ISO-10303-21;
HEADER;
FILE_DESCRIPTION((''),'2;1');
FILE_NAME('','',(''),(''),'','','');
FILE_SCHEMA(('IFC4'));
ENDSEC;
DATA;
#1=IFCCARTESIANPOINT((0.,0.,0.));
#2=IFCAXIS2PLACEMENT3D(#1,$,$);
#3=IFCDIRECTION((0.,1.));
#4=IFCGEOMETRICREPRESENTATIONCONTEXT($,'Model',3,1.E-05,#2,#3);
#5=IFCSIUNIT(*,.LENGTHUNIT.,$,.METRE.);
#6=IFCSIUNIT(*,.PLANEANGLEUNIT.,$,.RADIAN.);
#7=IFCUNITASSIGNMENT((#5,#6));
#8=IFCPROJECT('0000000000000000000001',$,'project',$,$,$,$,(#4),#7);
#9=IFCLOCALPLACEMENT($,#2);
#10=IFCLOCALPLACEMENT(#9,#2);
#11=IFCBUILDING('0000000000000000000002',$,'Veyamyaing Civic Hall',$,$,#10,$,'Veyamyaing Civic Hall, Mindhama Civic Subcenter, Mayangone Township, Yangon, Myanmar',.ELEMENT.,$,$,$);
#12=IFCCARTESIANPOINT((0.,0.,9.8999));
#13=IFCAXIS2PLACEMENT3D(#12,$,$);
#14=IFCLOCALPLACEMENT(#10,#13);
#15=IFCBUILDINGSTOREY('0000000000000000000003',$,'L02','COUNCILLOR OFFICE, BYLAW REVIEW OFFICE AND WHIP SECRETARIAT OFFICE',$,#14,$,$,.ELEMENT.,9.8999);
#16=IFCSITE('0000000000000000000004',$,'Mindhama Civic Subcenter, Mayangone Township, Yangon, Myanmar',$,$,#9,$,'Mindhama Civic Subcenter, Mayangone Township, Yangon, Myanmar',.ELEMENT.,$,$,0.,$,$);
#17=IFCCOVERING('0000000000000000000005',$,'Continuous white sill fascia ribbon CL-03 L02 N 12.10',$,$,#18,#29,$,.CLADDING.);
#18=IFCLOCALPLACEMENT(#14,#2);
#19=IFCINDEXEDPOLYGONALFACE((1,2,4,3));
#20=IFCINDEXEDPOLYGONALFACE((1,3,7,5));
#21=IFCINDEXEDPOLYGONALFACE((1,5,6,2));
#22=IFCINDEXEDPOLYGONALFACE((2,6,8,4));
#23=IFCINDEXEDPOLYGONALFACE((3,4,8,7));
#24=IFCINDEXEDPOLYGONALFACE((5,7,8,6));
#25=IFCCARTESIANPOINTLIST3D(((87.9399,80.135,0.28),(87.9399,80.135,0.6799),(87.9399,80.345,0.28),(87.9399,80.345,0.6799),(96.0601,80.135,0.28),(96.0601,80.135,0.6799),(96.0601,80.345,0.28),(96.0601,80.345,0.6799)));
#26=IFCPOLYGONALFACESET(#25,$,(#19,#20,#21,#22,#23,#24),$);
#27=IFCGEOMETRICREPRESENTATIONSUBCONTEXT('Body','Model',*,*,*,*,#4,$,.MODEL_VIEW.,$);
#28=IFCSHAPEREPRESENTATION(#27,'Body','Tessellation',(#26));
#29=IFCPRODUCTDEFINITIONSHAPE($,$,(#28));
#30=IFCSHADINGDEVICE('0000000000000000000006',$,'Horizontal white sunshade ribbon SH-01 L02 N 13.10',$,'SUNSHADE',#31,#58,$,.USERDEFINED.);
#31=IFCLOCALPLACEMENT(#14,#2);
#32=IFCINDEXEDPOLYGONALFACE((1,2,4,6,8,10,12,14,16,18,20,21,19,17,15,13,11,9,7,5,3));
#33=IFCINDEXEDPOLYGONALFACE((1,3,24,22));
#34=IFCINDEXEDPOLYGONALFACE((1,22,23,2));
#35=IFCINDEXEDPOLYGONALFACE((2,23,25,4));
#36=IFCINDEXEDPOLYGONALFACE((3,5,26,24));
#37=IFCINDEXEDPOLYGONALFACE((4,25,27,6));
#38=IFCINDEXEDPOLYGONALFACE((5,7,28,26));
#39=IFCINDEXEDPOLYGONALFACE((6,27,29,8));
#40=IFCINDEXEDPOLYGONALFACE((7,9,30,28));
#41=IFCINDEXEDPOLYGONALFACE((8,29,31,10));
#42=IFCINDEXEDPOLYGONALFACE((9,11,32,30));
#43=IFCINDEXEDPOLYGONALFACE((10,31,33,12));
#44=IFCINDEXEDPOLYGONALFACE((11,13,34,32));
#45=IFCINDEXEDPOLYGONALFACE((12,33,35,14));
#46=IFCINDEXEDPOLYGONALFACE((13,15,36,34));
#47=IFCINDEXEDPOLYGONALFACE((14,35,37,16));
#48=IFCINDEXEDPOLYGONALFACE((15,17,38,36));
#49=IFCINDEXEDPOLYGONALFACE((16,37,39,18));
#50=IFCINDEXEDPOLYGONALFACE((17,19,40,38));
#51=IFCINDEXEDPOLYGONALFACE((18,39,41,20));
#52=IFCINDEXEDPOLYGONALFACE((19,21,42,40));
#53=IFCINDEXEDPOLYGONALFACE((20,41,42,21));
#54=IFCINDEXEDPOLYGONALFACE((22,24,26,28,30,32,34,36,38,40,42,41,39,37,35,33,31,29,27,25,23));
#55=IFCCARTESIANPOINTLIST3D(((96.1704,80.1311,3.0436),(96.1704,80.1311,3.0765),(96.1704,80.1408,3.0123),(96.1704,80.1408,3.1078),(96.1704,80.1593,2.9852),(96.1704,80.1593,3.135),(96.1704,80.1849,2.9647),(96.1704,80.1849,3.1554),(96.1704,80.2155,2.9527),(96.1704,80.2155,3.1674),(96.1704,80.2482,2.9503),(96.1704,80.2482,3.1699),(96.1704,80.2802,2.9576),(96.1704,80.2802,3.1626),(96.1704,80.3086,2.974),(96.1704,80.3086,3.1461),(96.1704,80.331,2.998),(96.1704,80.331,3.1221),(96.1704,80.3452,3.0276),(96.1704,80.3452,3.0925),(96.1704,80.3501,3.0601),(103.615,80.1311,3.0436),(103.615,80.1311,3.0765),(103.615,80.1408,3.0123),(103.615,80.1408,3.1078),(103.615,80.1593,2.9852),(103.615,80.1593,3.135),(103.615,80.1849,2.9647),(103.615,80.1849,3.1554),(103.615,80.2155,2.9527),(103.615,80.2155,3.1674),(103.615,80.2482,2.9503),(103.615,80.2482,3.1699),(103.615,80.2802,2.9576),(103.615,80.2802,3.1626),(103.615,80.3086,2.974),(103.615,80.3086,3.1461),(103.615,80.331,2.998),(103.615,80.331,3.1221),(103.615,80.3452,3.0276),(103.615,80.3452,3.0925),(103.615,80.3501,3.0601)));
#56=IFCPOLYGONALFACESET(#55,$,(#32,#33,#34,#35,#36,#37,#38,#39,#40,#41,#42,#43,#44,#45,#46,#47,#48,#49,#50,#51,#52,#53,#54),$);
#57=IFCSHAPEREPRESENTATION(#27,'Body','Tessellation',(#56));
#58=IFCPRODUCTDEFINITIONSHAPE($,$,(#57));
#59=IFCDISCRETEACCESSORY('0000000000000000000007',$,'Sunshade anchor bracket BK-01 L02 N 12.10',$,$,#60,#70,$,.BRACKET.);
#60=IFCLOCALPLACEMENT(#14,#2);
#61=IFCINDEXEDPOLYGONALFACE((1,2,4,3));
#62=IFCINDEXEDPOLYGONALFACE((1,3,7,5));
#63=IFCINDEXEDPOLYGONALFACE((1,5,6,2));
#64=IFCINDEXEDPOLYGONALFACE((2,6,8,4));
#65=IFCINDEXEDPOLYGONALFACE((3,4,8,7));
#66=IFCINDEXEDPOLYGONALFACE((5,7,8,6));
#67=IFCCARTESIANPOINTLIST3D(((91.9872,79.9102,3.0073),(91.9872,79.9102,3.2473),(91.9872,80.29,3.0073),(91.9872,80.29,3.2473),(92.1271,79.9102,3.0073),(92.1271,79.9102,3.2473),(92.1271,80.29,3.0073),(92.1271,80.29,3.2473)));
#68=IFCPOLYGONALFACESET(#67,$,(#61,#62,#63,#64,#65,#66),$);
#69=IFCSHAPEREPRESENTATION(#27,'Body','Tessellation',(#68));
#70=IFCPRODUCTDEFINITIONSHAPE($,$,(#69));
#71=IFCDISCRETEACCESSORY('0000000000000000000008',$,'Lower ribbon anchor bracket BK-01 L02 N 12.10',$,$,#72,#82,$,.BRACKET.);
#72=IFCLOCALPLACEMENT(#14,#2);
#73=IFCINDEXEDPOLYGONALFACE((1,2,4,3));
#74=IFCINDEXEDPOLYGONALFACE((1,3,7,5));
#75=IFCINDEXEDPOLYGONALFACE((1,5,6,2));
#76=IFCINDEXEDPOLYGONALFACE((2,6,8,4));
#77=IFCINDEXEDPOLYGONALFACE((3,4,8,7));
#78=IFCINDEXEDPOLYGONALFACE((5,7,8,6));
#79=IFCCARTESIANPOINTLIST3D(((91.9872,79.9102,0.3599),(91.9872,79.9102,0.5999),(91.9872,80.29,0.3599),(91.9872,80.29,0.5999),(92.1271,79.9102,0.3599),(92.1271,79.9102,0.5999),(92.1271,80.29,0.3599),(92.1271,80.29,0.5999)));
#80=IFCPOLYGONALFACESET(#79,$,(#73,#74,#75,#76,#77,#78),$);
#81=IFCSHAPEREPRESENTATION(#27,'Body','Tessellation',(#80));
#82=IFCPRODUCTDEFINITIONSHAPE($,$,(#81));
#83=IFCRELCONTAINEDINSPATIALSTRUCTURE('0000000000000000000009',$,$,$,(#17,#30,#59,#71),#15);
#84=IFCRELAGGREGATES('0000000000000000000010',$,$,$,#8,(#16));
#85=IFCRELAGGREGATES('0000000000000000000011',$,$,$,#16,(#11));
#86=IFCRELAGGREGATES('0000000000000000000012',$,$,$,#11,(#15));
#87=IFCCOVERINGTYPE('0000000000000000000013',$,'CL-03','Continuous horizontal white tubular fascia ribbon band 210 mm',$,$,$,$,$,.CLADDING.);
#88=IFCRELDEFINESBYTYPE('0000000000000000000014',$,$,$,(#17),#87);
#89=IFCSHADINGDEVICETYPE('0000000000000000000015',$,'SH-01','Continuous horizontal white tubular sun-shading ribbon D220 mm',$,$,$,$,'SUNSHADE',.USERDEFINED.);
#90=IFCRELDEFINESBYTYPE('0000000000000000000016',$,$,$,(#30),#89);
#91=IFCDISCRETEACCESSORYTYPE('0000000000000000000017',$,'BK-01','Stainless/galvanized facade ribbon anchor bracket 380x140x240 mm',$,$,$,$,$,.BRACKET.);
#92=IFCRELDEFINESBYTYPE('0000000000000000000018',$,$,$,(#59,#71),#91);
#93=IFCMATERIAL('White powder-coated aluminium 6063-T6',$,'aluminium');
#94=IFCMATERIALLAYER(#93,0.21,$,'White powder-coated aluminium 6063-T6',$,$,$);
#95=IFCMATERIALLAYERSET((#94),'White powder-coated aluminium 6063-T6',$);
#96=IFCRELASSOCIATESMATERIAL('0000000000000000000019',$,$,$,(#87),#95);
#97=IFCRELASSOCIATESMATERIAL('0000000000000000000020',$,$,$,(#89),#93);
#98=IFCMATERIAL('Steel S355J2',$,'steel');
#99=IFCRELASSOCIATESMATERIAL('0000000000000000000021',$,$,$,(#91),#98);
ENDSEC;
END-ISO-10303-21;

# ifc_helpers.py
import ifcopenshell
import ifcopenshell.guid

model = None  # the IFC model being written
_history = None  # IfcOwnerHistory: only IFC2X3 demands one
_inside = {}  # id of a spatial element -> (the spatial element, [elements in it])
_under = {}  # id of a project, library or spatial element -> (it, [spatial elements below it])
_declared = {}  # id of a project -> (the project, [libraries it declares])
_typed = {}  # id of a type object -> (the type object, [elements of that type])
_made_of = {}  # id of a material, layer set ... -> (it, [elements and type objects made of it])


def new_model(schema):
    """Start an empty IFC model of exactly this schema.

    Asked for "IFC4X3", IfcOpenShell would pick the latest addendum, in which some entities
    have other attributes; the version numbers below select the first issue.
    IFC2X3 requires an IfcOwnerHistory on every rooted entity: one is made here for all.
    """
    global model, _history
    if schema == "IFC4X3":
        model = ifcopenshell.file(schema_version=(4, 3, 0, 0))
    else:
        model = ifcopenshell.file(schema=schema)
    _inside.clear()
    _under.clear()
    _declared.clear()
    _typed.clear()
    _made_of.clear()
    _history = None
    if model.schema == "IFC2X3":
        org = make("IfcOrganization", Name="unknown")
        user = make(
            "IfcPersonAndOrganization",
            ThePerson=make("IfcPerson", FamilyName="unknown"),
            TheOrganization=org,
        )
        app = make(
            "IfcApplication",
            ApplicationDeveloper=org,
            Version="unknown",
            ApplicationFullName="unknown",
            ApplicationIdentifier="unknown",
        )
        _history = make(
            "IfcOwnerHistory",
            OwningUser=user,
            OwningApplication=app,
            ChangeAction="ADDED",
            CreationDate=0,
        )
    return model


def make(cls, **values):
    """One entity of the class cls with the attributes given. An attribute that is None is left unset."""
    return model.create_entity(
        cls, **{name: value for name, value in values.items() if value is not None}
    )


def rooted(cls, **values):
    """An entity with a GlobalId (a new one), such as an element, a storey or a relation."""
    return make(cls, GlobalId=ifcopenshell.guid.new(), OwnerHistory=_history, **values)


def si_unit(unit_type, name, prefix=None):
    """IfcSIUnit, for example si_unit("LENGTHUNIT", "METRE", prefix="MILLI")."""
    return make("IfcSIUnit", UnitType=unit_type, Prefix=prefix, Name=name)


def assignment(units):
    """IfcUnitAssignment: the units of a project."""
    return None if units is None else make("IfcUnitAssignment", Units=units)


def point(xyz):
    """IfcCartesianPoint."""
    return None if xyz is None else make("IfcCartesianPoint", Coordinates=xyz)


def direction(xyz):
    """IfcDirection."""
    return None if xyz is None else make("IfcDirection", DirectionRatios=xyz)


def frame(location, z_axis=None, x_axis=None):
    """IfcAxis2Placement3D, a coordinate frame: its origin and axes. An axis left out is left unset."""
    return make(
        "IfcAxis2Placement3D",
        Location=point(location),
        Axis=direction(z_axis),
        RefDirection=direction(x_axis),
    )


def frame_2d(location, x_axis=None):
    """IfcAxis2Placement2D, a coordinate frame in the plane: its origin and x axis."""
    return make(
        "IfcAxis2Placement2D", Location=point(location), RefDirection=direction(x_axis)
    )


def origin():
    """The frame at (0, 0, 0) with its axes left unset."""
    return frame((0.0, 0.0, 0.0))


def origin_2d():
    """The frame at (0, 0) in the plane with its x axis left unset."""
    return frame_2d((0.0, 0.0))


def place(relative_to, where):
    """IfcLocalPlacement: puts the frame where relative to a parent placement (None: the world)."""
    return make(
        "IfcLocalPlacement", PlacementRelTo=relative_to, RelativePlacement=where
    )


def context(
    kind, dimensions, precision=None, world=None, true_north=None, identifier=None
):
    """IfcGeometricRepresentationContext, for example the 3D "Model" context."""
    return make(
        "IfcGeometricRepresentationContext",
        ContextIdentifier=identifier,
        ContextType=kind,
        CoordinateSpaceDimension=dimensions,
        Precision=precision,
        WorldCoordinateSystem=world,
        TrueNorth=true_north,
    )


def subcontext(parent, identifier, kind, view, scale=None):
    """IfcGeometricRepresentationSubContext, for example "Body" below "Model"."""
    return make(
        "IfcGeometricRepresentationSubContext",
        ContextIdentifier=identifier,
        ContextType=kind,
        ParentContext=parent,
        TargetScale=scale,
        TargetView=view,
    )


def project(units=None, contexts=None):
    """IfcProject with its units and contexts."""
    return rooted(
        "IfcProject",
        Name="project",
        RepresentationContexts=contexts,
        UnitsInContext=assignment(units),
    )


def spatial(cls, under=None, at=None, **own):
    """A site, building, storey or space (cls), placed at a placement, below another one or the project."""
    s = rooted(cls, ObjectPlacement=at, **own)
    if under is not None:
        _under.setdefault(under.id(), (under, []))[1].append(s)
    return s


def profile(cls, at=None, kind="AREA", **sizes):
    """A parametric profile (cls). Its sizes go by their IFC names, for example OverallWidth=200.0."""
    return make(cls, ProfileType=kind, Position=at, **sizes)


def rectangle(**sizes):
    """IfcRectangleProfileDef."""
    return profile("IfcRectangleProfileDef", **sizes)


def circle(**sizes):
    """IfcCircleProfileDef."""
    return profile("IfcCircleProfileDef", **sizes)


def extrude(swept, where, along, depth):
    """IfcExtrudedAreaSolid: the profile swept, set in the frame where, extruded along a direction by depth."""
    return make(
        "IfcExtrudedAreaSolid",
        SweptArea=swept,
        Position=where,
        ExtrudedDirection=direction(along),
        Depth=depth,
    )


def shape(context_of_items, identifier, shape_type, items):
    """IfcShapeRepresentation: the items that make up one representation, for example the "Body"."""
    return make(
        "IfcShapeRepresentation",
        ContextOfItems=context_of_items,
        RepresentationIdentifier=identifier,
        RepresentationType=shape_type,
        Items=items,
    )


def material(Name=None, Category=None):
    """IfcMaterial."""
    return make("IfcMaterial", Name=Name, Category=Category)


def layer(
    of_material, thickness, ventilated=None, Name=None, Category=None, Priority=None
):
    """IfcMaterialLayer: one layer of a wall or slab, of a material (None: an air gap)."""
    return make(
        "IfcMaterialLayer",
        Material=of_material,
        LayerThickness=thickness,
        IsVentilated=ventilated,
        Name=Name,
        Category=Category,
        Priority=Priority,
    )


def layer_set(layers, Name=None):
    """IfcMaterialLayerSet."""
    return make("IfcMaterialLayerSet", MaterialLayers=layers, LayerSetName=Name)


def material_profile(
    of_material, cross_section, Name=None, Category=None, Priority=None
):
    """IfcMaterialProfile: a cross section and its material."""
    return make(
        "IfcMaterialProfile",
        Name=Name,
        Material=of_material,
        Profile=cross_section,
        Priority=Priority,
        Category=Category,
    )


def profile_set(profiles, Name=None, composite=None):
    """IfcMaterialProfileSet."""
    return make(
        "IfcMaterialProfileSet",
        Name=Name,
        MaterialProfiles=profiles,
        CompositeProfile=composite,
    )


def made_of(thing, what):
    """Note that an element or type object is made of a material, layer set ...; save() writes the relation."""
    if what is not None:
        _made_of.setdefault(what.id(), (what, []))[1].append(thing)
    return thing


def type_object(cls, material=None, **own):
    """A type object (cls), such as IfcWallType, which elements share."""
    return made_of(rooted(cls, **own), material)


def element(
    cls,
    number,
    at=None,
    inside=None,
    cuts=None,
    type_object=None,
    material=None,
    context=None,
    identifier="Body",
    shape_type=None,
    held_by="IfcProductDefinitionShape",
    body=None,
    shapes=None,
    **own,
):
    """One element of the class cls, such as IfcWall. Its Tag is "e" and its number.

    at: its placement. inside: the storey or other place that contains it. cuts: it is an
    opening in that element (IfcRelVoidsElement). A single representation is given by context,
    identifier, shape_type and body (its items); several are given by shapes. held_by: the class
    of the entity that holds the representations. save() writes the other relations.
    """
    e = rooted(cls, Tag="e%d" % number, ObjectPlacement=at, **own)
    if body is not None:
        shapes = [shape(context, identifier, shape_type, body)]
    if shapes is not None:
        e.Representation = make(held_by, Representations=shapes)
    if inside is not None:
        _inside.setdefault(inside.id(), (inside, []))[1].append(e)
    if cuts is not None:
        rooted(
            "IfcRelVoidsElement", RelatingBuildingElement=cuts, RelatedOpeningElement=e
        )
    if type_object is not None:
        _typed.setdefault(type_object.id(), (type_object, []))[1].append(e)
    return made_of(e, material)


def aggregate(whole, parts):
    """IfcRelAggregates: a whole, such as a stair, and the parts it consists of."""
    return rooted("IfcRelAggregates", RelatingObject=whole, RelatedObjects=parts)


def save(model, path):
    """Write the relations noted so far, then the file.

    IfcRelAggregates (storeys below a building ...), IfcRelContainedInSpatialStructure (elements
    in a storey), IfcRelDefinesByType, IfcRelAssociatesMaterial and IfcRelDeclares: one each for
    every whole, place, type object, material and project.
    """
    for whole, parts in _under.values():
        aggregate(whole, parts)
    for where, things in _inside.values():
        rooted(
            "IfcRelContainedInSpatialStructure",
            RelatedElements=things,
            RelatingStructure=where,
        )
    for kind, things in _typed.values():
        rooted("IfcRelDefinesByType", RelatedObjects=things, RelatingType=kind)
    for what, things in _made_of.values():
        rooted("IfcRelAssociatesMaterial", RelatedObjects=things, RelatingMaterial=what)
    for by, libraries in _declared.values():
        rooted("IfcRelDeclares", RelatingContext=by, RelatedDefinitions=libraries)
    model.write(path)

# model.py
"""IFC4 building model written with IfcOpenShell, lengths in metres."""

from ifc_helpers import new_model, si_unit, direction, frame, origin, origin_2d, place, context, subcontext, project, spatial, rectangle, circle, extrude, material, layer, layer_set, material_profile, profile_set, type_object, element, save


model = new_model("IFC4")

# Units and contexts
model_context = context("Model", 3, precision=1e-05, world=origin(), true_north=direction((0.0, 1.0)))
body_context = subcontext(model_context, "Body", "Model", "MODEL_VIEW")
ifc_project = project(units=[si_unit("LENGTHUNIT", "METRE"), si_unit("PLANEANGLEUNIT", "RADIAN")], contexts=[model_context])

# Site, building, storey
site_placement = place(None, origin())
site = spatial("IfcSite", under=ifc_project, at=site_placement, Name="Mindhama Civic Subcenter, Mayangone Township, Yangon, Myanmar", LongName="Mindhama Civic Subcenter, Mayangone Township, Yangon, Myanmar", CompositionType="ELEMENT", RefElevation=0.0)
building_placement = place(site_placement, origin())
building = spatial("IfcBuilding", under=site, at=building_placement, Name="Veyamyaing Civic Hall", LongName="Veyamyaing Civic Hall, Mindhama Civic Subcenter, Mayangone Township, Yangon, Myanmar", CompositionType="ELEMENT")
storey_placement = place(building_placement, frame((0.0, 0.0, 9.8999)))
storey = spatial("IfcBuildingStorey", under=building, at=storey_placement, Name="L02", Description="COUNCILLOR OFFICE, BYLAW REVIEW OFFICE AND WHIP SECRETARIAT OFFICE", CompositionType="ELEMENT", Elevation=9.8999)

# Shared definitions
ifc_material_1 = material(Name="Steel S355J2", Category="steel")

# Covering
ifc_material_2 = material(Name="White powder-coated aluminium 6063-T6", Category="aluminium")
ifc_layer_1 = layer(ifc_material_2, 0.21, Name="White powder-coated aluminium 6063-T6")
ifc_layer_set_1 = layer_set([ifc_layer_1], Name="White powder-coated aluminium 6063-T6")
covering_type_1 = type_object("IfcCoveringType", Name="CL-03", Description="Continuous horizontal white tubular fascia ribbon band 210 mm", PredefinedType="CLADDING", material=ifc_layer_set_1)
for number, where, z_axis, x_axis, name in (
    (1, (92.0, 80.24, 0.28), (0.0, 0.0, 1.0), (1.0, 0.0, 0.0), "Continuous white sill fascia ribbon CL-03 L02 N 12.10"),
):
    element("IfcCovering", number, at=place(storey_placement, frame(where, z_axis=z_axis, x_axis=x_axis)), inside=storey, type_object=covering_type_1, Name=name, PredefinedType="CLADDING", context=body_context, shape_type="SweptSolid", body=[
        extrude(rectangle(XDim=8.1201, YDim=0.21, at=origin_2d()), origin(), (0.0, 0.0, 1.0), 0.3999),
    ])

# Shading device
ifc_material_profile_1 = material_profile(ifc_material_2, circle(Radius=0.1101, at=origin_2d()), Name="SHADE-TUBE-220")
ifc_profile_set_1 = profile_set([ifc_material_profile_1], Name="White powder-coated aluminium 6063-T6")
shading_device_type = type_object("IfcShadingDeviceType", Name="SH-01", Description="Continuous horizontal white tubular sun-shading ribbon D220 mm", ElementType="SUNSHADE", PredefinedType="USERDEFINED", material=ifc_profile_set_1)
shading_device_placement = place(storey_placement, frame((96.1704, 80.24, 3.0601), z_axis=(1.0, 0.0, 0.0), x_axis=(0.0, 1.0, 0.0)))
element("IfcShadingDevice", 2, at=shading_device_placement, inside=storey, type_object=shading_device_type, Name="Horizontal white sunshade ribbon SH-01 L02 N 13.10", ObjectType="SUNSHADE", PredefinedType="USERDEFINED", context=body_context, shape_type="SweptSolid", body=[
    extrude(circle(Radius=0.1101, at=origin_2d()), origin(), (0.0, 0.0, 1.0), 7.4446),
])

# Discrete accessories
discrete_accessory_type = type_object("IfcDiscreteAccessoryType", Name="BK-01", Description="Stainless/galvanized facade ribbon anchor bracket 380x140x240 mm", PredefinedType="BRACKET", material=ifc_material_1)
for number, where, z_axis, x_axis, name in (
    (3, (92.0571, 80.1001, 3.0073), (0.0, 0.0, 1.0), (0.0, 1.0, 0.0), "Sunshade anchor bracket BK-01 L02 N 12.10"),
    (4, (92.0571, 80.1001, 0.3599), (0.0, 0.0, 1.0), (0.0, 1.0, 0.0), "Lower ribbon anchor bracket BK-01 L02 N 12.10"),
):
    element("IfcDiscreteAccessory", number, at=place(storey_placement, frame(where, z_axis=z_axis, x_axis=x_axis)), inside=storey, type_object=discrete_accessory_type, Name=name, PredefinedType="BRACKET", context=body_context, shape_type="SweptSolid", body=[
        extrude(rectangle(XDim=0.3799, YDim=0.1399, at=origin_2d()), origin(), (0.0, 0.0, 1.0), 0.24),
    ])

save(model, "model.ifc")
